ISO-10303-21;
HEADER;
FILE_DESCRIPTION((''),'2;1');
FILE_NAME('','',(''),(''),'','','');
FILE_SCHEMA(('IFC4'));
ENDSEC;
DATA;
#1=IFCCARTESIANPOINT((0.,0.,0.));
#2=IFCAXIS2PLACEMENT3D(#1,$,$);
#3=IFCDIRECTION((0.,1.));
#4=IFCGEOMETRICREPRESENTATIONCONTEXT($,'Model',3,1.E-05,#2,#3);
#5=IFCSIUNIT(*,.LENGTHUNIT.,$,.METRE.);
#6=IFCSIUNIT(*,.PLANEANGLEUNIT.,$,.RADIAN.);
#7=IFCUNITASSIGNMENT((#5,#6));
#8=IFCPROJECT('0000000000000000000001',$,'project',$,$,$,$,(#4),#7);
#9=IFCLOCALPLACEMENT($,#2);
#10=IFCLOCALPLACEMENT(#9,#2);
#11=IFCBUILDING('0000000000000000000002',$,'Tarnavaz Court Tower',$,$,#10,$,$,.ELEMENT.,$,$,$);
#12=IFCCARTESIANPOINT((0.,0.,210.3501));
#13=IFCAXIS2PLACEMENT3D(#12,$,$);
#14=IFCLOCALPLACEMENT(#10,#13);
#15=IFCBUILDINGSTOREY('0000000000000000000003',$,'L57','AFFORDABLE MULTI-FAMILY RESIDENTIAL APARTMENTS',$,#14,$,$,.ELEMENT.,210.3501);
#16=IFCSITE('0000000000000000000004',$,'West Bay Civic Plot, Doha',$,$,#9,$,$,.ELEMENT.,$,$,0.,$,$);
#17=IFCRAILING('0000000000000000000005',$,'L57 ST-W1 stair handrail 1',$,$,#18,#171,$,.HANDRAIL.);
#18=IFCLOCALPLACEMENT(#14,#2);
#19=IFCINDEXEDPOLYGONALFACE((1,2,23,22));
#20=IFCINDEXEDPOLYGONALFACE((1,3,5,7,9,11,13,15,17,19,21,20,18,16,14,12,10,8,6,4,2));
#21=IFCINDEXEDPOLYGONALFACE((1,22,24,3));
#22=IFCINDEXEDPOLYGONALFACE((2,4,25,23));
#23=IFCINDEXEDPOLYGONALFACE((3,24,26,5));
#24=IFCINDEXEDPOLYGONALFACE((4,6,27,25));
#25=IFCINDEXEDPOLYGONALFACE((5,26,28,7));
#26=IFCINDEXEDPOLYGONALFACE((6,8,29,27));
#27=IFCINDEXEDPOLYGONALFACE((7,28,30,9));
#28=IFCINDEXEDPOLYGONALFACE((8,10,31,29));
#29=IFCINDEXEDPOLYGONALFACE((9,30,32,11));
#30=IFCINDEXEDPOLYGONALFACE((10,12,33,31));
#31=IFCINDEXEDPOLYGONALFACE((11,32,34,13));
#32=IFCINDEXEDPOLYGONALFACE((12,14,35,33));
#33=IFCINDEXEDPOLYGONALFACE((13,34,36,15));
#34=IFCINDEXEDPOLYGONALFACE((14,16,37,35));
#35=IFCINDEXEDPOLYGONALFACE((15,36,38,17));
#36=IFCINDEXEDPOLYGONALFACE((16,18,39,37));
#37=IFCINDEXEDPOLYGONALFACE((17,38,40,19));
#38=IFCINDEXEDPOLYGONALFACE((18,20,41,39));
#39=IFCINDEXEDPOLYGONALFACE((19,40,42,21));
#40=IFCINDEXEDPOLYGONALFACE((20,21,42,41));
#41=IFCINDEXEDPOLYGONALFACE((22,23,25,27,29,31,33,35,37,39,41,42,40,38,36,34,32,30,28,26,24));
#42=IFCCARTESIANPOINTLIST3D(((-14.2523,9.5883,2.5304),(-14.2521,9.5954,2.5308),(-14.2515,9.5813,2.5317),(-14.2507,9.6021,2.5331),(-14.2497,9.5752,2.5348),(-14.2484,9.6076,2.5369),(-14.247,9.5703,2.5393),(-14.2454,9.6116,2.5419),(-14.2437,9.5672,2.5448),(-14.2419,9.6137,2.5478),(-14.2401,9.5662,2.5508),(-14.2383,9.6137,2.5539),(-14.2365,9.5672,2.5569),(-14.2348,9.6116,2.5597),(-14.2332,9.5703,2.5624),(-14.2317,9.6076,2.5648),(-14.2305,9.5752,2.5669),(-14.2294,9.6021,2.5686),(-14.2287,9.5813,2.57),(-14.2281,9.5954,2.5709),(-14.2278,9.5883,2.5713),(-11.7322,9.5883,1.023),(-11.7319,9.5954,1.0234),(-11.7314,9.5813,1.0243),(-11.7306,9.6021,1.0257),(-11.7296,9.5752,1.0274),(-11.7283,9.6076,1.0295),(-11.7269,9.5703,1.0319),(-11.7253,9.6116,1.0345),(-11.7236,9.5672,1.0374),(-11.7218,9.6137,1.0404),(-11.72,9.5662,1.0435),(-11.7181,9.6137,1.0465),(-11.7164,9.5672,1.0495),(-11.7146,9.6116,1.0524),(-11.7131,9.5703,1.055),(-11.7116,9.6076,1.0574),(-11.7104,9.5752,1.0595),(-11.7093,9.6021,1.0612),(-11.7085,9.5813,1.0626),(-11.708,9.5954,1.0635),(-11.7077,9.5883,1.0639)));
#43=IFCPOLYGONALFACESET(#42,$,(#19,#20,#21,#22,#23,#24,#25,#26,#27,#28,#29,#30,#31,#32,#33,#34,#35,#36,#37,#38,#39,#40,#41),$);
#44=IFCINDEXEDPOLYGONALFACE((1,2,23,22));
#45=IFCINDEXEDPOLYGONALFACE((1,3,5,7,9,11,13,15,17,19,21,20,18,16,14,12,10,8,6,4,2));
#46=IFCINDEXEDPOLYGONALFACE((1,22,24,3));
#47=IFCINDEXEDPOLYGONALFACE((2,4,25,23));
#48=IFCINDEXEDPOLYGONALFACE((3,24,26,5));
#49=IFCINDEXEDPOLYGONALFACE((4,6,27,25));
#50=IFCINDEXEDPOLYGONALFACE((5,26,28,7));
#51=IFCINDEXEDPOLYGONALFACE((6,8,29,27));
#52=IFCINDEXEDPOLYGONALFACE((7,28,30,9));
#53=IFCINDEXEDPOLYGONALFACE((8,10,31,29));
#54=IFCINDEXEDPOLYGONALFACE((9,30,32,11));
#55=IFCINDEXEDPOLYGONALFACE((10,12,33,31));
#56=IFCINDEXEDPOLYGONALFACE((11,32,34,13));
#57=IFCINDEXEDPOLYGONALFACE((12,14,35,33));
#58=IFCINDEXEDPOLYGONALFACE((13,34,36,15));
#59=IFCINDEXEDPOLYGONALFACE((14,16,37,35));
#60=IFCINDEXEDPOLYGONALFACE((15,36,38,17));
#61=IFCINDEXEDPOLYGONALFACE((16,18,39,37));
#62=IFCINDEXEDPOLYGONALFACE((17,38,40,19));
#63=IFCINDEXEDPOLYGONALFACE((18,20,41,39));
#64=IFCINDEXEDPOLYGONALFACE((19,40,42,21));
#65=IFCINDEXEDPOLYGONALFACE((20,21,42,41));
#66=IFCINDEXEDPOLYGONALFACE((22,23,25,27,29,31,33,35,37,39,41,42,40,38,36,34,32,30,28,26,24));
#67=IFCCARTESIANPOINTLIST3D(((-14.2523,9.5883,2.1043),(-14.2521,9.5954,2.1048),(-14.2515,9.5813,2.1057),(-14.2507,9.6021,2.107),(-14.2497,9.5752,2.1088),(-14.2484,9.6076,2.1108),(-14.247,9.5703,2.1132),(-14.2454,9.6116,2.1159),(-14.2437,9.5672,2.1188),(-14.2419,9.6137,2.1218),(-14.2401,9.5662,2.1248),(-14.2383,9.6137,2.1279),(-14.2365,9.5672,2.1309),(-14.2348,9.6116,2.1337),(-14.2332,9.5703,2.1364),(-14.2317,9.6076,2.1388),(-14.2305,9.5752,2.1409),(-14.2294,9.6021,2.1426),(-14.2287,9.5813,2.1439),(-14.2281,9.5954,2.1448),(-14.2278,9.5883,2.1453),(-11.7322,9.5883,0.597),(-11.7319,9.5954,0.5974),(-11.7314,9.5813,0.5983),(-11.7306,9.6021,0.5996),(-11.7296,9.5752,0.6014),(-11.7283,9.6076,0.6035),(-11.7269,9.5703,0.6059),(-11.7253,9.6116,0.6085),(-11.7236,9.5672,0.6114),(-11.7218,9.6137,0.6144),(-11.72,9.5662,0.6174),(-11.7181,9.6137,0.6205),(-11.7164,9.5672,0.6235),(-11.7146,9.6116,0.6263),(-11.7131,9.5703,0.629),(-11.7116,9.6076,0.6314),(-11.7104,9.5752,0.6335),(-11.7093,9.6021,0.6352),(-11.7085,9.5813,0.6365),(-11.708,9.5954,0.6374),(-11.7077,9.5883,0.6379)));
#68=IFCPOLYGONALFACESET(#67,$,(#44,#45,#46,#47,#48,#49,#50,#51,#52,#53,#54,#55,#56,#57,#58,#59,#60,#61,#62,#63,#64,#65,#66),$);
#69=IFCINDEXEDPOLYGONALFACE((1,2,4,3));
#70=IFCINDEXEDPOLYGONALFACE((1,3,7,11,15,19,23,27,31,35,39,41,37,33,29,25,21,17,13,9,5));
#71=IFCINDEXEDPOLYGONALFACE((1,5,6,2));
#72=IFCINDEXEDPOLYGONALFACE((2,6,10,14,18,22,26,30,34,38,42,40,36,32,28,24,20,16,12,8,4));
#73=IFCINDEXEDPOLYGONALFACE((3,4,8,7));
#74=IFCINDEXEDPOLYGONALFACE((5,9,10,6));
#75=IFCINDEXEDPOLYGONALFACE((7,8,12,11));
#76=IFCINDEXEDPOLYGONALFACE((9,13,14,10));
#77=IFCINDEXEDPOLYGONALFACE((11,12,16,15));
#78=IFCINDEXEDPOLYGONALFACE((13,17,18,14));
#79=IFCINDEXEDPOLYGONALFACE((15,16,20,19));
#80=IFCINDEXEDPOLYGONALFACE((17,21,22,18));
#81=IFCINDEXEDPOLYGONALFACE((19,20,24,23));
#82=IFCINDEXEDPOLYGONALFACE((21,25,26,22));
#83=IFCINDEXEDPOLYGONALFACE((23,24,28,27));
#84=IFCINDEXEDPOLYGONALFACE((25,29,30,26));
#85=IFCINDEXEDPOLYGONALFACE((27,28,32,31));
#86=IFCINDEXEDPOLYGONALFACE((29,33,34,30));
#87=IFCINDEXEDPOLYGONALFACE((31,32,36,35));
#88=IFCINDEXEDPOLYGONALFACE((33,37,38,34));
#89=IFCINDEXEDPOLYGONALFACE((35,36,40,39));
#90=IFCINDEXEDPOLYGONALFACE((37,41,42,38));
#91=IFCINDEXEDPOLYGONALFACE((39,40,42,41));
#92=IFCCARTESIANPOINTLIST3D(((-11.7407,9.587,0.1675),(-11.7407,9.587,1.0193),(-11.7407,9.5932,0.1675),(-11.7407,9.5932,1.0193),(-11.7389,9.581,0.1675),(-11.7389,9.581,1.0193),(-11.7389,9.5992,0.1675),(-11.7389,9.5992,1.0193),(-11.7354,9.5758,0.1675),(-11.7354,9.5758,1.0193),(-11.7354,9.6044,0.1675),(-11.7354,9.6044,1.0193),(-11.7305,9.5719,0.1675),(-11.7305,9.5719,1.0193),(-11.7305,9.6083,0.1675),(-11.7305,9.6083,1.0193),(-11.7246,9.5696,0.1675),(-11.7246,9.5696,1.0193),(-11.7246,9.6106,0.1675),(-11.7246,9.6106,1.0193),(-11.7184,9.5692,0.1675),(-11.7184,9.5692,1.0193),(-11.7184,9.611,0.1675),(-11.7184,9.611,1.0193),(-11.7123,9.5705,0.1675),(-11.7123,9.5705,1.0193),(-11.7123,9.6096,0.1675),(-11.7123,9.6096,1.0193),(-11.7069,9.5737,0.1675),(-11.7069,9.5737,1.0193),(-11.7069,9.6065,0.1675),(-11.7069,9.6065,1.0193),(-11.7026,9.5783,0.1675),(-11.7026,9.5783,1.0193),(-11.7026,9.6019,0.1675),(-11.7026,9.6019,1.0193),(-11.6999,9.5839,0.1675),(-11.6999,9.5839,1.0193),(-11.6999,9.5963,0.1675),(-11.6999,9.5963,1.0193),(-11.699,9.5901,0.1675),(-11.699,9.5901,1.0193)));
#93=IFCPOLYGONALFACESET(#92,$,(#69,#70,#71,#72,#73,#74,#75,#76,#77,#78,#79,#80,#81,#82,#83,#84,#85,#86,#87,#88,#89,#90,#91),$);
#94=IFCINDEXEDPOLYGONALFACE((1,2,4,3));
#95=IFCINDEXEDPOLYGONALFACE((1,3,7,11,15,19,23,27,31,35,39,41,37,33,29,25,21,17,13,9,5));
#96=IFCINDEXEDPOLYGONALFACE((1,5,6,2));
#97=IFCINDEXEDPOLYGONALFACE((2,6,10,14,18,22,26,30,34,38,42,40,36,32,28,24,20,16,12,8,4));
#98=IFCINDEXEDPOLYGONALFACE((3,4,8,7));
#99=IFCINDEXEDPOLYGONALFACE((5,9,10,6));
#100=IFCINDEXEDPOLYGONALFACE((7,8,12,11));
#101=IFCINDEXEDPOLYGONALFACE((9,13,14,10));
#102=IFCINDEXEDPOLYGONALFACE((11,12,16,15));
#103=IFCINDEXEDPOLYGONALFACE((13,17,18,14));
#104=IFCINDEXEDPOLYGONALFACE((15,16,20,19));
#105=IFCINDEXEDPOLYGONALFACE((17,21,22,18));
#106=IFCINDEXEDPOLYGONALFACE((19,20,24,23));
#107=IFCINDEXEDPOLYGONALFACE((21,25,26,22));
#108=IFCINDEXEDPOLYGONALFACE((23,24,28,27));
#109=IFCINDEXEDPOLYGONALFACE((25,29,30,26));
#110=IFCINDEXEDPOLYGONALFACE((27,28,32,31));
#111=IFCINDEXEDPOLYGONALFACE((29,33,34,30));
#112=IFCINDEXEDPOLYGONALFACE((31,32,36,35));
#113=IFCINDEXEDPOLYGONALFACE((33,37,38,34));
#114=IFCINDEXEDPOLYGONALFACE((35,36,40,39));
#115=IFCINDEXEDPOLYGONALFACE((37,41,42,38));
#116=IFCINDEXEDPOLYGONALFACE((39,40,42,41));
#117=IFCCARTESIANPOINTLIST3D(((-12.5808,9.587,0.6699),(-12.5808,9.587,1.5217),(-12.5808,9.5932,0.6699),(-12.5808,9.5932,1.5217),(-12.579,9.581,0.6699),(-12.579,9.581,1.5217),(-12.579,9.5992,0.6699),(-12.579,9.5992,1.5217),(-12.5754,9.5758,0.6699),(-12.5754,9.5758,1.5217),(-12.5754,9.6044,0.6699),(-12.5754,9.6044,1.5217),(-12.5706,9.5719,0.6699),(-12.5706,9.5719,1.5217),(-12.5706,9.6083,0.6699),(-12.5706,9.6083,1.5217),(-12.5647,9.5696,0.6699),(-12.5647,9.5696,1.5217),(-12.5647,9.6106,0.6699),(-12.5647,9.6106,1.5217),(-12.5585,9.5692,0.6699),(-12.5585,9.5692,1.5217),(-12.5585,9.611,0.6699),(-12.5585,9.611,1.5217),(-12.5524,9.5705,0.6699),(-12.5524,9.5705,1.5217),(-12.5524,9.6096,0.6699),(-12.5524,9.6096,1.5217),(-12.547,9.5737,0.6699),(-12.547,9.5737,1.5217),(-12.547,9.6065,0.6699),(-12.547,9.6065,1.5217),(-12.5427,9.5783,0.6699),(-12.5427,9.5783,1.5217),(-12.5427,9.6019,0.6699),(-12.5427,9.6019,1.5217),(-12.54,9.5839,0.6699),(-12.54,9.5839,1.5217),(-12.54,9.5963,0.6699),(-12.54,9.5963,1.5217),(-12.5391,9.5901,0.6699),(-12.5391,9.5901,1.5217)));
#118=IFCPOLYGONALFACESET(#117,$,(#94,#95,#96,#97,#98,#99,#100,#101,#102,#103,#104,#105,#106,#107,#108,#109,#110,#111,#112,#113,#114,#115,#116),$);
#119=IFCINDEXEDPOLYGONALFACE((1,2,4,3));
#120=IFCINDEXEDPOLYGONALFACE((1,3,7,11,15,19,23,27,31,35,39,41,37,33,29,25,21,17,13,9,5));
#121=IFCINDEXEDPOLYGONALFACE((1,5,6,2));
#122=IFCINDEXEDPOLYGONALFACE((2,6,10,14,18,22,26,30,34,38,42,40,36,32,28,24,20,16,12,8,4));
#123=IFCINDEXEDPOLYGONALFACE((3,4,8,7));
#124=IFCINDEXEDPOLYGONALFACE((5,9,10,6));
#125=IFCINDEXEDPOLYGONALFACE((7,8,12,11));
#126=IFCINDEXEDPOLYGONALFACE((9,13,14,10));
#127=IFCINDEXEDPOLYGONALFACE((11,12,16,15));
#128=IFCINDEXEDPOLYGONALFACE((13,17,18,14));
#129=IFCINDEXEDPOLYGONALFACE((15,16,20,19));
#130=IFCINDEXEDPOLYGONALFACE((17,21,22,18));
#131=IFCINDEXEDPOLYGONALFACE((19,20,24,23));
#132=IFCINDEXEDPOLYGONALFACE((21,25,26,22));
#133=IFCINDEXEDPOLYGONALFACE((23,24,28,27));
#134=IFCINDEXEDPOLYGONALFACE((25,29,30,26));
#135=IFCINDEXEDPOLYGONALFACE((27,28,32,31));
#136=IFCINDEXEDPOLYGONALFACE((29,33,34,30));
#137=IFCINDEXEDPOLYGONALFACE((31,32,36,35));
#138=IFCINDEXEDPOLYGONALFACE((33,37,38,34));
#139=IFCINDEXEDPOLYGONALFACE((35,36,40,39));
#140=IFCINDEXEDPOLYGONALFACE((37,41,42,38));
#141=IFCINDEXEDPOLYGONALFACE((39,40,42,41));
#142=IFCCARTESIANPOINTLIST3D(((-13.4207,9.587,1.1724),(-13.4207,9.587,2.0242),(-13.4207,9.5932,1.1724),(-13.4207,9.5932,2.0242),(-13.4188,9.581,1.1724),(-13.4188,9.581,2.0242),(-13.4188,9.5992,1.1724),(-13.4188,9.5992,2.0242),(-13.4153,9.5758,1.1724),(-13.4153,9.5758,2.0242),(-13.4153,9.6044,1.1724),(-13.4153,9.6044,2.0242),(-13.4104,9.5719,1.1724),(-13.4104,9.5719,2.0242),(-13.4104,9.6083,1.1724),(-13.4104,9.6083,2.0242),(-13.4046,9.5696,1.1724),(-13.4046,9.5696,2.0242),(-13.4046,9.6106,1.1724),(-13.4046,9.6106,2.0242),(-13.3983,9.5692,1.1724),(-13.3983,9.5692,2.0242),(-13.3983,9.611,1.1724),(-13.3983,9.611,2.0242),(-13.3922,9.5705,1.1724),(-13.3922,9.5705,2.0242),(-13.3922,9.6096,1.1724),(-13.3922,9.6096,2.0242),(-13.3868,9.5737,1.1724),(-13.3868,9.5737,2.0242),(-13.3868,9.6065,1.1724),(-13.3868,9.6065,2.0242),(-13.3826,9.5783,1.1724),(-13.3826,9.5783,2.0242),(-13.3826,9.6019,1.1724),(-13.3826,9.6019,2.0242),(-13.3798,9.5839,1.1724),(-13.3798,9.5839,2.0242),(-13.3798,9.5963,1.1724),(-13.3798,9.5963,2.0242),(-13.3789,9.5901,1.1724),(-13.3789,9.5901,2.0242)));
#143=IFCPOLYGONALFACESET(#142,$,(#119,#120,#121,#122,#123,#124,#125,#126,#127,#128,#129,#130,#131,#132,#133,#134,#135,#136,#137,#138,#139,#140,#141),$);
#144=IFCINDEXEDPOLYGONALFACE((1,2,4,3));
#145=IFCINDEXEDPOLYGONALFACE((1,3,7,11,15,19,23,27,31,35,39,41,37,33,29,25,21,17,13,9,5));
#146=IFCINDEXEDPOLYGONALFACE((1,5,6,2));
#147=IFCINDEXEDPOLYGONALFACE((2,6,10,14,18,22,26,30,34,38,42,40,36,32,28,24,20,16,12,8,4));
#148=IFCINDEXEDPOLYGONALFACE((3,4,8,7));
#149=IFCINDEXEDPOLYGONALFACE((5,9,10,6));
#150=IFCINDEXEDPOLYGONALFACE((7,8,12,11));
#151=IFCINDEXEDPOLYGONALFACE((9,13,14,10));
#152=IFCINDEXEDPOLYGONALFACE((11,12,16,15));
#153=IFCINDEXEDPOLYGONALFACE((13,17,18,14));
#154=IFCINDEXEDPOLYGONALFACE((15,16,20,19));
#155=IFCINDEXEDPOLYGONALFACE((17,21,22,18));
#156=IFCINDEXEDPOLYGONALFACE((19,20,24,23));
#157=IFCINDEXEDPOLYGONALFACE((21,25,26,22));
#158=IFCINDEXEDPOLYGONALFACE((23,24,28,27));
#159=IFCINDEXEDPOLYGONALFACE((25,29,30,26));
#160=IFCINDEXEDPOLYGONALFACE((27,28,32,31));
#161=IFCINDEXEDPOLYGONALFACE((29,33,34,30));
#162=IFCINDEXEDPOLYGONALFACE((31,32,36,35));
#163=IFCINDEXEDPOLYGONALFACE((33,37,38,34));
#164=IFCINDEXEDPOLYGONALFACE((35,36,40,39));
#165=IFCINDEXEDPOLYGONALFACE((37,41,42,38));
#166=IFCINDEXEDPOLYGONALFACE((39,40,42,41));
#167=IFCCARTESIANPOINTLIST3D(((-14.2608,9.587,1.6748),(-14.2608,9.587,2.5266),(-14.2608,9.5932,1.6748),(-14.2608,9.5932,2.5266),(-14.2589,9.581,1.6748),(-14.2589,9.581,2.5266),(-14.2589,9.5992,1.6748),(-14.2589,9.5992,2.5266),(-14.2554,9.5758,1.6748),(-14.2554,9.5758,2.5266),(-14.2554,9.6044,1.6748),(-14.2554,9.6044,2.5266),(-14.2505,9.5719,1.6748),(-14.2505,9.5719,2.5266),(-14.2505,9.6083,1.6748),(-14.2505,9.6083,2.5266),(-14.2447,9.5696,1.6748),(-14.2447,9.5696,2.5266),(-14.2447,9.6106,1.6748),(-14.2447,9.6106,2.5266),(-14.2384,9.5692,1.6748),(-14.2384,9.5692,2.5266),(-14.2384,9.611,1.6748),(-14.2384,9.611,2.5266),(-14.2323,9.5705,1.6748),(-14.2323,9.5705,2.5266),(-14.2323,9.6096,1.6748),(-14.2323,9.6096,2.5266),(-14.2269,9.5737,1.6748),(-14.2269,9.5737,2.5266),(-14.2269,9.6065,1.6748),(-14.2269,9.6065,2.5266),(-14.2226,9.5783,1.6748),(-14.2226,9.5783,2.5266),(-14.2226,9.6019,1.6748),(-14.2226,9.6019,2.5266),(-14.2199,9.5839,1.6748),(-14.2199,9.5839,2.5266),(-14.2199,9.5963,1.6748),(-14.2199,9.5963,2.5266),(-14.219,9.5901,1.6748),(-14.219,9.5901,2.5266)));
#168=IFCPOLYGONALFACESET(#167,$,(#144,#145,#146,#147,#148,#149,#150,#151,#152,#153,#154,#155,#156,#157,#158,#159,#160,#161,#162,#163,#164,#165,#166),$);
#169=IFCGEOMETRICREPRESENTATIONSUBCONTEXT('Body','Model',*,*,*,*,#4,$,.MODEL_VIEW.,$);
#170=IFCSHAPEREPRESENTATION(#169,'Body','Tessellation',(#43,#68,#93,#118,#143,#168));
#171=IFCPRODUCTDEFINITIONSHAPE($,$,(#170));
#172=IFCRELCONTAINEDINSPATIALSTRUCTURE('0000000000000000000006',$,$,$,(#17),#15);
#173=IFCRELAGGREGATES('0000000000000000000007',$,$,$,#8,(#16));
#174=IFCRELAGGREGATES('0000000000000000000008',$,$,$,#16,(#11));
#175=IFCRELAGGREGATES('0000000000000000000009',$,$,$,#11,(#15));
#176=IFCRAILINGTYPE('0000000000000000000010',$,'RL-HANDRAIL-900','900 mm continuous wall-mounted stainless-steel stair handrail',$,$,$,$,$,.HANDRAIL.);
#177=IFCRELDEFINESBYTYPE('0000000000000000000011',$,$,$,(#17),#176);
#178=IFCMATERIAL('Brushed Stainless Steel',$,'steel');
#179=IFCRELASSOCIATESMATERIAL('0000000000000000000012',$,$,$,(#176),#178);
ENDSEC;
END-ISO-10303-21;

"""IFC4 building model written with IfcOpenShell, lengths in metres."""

from ifc_helpers import new_model, si_unit, direction, frame, origin, origin_2d, place, context, subcontext, project, spatial, circle, extrude, material, type_object, element, save


model = new_model("IFC4")

# Units and contexts
model_context = context("Model", 3, precision=1e-05, world=origin(), true_north=direction((0.0, 1.0)))
body_context = subcontext(model_context, "Body", "Model", "MODEL_VIEW")
ifc_project = project(units=[si_unit("LENGTHUNIT", "METRE"), si_unit("PLANEANGLEUNIT", "RADIAN")], contexts=[model_context])

# Site, building, storey
site_placement = place(None, origin())
site = spatial("IfcSite", under=ifc_project, at=site_placement, Name="West Bay Civic Plot, Doha", CompositionType="ELEMENT", RefElevation=0.0)
building_placement = place(site_placement, origin())
building = spatial("IfcBuilding", under=site, at=building_placement, Name="Tarnavaz Court Tower", CompositionType="ELEMENT")
storey_placement = place(building_placement, frame((0.0, 0.0, 210.3501)))
storey = spatial("IfcBuildingStorey", under=building, at=storey_placement, Name="L57", Description="AFFORDABLE MULTI-FAMILY RESIDENTIAL APARTMENTS", CompositionType="ELEMENT", Elevation=210.3501)

# Railing
ifc_material_1 = material(Name="Brushed Stainless Steel", Category="steel")
railing_type_1 = type_object("IfcRailingType", Name="RL-HANDRAIL-900", Description="900 mm continuous wall-mounted stainless-steel stair handrail", PredefinedType="HANDRAIL", material=ifc_material_1)
railing_1_placement = place(storey_placement, frame((-11.72, 9.5901, 0.1675)))
element("IfcRailing", 1, at=railing_1_placement, inside=storey, type_object=railing_type_1, Name="L57 ST-W1 stair handrail 1", PredefinedType="HANDRAIL", context=body_context, shape_type="SweptSolid", body=[
    extrude(circle(Radius=0.0239, at=origin_2d()), frame((0.0, 0.0, 0.876), z_axis=(-0.858196, 0.0, 0.513321), x_axis=(0.0, -1.0, 0.0)), (0.0, 0.0, 1.0), 2.9365),
    extrude(circle(Radius=0.0239, at=origin_2d()), frame((0.0, 0.0, 0.45), z_axis=(-0.858196, 0.0, 0.513321), x_axis=(0.0, -1.0, 0.0)), (0.0, 0.0, 1.0), 2.9365),
    extrude(circle(Radius=0.021, at=origin_2d()), origin(), (0.0, 0.0, 1.0), 0.8518),
    extrude(circle(Radius=0.021, at=origin_2d()), frame((-0.8401, 0.0, 0.5024)), (0.0, 0.0, 1.0), 0.8518),
    extrude(circle(Radius=0.021, at=origin_2d()), frame((-1.6799, 0.0, 1.0049)), (0.0, 0.0, 1.0), 0.8518),
    extrude(circle(Radius=0.021, at=origin_2d()), frame((-2.52, 0.0, 1.5073)), (0.0, 0.0, 1.0), 0.8518),
])

save(model, "model.ifc")
